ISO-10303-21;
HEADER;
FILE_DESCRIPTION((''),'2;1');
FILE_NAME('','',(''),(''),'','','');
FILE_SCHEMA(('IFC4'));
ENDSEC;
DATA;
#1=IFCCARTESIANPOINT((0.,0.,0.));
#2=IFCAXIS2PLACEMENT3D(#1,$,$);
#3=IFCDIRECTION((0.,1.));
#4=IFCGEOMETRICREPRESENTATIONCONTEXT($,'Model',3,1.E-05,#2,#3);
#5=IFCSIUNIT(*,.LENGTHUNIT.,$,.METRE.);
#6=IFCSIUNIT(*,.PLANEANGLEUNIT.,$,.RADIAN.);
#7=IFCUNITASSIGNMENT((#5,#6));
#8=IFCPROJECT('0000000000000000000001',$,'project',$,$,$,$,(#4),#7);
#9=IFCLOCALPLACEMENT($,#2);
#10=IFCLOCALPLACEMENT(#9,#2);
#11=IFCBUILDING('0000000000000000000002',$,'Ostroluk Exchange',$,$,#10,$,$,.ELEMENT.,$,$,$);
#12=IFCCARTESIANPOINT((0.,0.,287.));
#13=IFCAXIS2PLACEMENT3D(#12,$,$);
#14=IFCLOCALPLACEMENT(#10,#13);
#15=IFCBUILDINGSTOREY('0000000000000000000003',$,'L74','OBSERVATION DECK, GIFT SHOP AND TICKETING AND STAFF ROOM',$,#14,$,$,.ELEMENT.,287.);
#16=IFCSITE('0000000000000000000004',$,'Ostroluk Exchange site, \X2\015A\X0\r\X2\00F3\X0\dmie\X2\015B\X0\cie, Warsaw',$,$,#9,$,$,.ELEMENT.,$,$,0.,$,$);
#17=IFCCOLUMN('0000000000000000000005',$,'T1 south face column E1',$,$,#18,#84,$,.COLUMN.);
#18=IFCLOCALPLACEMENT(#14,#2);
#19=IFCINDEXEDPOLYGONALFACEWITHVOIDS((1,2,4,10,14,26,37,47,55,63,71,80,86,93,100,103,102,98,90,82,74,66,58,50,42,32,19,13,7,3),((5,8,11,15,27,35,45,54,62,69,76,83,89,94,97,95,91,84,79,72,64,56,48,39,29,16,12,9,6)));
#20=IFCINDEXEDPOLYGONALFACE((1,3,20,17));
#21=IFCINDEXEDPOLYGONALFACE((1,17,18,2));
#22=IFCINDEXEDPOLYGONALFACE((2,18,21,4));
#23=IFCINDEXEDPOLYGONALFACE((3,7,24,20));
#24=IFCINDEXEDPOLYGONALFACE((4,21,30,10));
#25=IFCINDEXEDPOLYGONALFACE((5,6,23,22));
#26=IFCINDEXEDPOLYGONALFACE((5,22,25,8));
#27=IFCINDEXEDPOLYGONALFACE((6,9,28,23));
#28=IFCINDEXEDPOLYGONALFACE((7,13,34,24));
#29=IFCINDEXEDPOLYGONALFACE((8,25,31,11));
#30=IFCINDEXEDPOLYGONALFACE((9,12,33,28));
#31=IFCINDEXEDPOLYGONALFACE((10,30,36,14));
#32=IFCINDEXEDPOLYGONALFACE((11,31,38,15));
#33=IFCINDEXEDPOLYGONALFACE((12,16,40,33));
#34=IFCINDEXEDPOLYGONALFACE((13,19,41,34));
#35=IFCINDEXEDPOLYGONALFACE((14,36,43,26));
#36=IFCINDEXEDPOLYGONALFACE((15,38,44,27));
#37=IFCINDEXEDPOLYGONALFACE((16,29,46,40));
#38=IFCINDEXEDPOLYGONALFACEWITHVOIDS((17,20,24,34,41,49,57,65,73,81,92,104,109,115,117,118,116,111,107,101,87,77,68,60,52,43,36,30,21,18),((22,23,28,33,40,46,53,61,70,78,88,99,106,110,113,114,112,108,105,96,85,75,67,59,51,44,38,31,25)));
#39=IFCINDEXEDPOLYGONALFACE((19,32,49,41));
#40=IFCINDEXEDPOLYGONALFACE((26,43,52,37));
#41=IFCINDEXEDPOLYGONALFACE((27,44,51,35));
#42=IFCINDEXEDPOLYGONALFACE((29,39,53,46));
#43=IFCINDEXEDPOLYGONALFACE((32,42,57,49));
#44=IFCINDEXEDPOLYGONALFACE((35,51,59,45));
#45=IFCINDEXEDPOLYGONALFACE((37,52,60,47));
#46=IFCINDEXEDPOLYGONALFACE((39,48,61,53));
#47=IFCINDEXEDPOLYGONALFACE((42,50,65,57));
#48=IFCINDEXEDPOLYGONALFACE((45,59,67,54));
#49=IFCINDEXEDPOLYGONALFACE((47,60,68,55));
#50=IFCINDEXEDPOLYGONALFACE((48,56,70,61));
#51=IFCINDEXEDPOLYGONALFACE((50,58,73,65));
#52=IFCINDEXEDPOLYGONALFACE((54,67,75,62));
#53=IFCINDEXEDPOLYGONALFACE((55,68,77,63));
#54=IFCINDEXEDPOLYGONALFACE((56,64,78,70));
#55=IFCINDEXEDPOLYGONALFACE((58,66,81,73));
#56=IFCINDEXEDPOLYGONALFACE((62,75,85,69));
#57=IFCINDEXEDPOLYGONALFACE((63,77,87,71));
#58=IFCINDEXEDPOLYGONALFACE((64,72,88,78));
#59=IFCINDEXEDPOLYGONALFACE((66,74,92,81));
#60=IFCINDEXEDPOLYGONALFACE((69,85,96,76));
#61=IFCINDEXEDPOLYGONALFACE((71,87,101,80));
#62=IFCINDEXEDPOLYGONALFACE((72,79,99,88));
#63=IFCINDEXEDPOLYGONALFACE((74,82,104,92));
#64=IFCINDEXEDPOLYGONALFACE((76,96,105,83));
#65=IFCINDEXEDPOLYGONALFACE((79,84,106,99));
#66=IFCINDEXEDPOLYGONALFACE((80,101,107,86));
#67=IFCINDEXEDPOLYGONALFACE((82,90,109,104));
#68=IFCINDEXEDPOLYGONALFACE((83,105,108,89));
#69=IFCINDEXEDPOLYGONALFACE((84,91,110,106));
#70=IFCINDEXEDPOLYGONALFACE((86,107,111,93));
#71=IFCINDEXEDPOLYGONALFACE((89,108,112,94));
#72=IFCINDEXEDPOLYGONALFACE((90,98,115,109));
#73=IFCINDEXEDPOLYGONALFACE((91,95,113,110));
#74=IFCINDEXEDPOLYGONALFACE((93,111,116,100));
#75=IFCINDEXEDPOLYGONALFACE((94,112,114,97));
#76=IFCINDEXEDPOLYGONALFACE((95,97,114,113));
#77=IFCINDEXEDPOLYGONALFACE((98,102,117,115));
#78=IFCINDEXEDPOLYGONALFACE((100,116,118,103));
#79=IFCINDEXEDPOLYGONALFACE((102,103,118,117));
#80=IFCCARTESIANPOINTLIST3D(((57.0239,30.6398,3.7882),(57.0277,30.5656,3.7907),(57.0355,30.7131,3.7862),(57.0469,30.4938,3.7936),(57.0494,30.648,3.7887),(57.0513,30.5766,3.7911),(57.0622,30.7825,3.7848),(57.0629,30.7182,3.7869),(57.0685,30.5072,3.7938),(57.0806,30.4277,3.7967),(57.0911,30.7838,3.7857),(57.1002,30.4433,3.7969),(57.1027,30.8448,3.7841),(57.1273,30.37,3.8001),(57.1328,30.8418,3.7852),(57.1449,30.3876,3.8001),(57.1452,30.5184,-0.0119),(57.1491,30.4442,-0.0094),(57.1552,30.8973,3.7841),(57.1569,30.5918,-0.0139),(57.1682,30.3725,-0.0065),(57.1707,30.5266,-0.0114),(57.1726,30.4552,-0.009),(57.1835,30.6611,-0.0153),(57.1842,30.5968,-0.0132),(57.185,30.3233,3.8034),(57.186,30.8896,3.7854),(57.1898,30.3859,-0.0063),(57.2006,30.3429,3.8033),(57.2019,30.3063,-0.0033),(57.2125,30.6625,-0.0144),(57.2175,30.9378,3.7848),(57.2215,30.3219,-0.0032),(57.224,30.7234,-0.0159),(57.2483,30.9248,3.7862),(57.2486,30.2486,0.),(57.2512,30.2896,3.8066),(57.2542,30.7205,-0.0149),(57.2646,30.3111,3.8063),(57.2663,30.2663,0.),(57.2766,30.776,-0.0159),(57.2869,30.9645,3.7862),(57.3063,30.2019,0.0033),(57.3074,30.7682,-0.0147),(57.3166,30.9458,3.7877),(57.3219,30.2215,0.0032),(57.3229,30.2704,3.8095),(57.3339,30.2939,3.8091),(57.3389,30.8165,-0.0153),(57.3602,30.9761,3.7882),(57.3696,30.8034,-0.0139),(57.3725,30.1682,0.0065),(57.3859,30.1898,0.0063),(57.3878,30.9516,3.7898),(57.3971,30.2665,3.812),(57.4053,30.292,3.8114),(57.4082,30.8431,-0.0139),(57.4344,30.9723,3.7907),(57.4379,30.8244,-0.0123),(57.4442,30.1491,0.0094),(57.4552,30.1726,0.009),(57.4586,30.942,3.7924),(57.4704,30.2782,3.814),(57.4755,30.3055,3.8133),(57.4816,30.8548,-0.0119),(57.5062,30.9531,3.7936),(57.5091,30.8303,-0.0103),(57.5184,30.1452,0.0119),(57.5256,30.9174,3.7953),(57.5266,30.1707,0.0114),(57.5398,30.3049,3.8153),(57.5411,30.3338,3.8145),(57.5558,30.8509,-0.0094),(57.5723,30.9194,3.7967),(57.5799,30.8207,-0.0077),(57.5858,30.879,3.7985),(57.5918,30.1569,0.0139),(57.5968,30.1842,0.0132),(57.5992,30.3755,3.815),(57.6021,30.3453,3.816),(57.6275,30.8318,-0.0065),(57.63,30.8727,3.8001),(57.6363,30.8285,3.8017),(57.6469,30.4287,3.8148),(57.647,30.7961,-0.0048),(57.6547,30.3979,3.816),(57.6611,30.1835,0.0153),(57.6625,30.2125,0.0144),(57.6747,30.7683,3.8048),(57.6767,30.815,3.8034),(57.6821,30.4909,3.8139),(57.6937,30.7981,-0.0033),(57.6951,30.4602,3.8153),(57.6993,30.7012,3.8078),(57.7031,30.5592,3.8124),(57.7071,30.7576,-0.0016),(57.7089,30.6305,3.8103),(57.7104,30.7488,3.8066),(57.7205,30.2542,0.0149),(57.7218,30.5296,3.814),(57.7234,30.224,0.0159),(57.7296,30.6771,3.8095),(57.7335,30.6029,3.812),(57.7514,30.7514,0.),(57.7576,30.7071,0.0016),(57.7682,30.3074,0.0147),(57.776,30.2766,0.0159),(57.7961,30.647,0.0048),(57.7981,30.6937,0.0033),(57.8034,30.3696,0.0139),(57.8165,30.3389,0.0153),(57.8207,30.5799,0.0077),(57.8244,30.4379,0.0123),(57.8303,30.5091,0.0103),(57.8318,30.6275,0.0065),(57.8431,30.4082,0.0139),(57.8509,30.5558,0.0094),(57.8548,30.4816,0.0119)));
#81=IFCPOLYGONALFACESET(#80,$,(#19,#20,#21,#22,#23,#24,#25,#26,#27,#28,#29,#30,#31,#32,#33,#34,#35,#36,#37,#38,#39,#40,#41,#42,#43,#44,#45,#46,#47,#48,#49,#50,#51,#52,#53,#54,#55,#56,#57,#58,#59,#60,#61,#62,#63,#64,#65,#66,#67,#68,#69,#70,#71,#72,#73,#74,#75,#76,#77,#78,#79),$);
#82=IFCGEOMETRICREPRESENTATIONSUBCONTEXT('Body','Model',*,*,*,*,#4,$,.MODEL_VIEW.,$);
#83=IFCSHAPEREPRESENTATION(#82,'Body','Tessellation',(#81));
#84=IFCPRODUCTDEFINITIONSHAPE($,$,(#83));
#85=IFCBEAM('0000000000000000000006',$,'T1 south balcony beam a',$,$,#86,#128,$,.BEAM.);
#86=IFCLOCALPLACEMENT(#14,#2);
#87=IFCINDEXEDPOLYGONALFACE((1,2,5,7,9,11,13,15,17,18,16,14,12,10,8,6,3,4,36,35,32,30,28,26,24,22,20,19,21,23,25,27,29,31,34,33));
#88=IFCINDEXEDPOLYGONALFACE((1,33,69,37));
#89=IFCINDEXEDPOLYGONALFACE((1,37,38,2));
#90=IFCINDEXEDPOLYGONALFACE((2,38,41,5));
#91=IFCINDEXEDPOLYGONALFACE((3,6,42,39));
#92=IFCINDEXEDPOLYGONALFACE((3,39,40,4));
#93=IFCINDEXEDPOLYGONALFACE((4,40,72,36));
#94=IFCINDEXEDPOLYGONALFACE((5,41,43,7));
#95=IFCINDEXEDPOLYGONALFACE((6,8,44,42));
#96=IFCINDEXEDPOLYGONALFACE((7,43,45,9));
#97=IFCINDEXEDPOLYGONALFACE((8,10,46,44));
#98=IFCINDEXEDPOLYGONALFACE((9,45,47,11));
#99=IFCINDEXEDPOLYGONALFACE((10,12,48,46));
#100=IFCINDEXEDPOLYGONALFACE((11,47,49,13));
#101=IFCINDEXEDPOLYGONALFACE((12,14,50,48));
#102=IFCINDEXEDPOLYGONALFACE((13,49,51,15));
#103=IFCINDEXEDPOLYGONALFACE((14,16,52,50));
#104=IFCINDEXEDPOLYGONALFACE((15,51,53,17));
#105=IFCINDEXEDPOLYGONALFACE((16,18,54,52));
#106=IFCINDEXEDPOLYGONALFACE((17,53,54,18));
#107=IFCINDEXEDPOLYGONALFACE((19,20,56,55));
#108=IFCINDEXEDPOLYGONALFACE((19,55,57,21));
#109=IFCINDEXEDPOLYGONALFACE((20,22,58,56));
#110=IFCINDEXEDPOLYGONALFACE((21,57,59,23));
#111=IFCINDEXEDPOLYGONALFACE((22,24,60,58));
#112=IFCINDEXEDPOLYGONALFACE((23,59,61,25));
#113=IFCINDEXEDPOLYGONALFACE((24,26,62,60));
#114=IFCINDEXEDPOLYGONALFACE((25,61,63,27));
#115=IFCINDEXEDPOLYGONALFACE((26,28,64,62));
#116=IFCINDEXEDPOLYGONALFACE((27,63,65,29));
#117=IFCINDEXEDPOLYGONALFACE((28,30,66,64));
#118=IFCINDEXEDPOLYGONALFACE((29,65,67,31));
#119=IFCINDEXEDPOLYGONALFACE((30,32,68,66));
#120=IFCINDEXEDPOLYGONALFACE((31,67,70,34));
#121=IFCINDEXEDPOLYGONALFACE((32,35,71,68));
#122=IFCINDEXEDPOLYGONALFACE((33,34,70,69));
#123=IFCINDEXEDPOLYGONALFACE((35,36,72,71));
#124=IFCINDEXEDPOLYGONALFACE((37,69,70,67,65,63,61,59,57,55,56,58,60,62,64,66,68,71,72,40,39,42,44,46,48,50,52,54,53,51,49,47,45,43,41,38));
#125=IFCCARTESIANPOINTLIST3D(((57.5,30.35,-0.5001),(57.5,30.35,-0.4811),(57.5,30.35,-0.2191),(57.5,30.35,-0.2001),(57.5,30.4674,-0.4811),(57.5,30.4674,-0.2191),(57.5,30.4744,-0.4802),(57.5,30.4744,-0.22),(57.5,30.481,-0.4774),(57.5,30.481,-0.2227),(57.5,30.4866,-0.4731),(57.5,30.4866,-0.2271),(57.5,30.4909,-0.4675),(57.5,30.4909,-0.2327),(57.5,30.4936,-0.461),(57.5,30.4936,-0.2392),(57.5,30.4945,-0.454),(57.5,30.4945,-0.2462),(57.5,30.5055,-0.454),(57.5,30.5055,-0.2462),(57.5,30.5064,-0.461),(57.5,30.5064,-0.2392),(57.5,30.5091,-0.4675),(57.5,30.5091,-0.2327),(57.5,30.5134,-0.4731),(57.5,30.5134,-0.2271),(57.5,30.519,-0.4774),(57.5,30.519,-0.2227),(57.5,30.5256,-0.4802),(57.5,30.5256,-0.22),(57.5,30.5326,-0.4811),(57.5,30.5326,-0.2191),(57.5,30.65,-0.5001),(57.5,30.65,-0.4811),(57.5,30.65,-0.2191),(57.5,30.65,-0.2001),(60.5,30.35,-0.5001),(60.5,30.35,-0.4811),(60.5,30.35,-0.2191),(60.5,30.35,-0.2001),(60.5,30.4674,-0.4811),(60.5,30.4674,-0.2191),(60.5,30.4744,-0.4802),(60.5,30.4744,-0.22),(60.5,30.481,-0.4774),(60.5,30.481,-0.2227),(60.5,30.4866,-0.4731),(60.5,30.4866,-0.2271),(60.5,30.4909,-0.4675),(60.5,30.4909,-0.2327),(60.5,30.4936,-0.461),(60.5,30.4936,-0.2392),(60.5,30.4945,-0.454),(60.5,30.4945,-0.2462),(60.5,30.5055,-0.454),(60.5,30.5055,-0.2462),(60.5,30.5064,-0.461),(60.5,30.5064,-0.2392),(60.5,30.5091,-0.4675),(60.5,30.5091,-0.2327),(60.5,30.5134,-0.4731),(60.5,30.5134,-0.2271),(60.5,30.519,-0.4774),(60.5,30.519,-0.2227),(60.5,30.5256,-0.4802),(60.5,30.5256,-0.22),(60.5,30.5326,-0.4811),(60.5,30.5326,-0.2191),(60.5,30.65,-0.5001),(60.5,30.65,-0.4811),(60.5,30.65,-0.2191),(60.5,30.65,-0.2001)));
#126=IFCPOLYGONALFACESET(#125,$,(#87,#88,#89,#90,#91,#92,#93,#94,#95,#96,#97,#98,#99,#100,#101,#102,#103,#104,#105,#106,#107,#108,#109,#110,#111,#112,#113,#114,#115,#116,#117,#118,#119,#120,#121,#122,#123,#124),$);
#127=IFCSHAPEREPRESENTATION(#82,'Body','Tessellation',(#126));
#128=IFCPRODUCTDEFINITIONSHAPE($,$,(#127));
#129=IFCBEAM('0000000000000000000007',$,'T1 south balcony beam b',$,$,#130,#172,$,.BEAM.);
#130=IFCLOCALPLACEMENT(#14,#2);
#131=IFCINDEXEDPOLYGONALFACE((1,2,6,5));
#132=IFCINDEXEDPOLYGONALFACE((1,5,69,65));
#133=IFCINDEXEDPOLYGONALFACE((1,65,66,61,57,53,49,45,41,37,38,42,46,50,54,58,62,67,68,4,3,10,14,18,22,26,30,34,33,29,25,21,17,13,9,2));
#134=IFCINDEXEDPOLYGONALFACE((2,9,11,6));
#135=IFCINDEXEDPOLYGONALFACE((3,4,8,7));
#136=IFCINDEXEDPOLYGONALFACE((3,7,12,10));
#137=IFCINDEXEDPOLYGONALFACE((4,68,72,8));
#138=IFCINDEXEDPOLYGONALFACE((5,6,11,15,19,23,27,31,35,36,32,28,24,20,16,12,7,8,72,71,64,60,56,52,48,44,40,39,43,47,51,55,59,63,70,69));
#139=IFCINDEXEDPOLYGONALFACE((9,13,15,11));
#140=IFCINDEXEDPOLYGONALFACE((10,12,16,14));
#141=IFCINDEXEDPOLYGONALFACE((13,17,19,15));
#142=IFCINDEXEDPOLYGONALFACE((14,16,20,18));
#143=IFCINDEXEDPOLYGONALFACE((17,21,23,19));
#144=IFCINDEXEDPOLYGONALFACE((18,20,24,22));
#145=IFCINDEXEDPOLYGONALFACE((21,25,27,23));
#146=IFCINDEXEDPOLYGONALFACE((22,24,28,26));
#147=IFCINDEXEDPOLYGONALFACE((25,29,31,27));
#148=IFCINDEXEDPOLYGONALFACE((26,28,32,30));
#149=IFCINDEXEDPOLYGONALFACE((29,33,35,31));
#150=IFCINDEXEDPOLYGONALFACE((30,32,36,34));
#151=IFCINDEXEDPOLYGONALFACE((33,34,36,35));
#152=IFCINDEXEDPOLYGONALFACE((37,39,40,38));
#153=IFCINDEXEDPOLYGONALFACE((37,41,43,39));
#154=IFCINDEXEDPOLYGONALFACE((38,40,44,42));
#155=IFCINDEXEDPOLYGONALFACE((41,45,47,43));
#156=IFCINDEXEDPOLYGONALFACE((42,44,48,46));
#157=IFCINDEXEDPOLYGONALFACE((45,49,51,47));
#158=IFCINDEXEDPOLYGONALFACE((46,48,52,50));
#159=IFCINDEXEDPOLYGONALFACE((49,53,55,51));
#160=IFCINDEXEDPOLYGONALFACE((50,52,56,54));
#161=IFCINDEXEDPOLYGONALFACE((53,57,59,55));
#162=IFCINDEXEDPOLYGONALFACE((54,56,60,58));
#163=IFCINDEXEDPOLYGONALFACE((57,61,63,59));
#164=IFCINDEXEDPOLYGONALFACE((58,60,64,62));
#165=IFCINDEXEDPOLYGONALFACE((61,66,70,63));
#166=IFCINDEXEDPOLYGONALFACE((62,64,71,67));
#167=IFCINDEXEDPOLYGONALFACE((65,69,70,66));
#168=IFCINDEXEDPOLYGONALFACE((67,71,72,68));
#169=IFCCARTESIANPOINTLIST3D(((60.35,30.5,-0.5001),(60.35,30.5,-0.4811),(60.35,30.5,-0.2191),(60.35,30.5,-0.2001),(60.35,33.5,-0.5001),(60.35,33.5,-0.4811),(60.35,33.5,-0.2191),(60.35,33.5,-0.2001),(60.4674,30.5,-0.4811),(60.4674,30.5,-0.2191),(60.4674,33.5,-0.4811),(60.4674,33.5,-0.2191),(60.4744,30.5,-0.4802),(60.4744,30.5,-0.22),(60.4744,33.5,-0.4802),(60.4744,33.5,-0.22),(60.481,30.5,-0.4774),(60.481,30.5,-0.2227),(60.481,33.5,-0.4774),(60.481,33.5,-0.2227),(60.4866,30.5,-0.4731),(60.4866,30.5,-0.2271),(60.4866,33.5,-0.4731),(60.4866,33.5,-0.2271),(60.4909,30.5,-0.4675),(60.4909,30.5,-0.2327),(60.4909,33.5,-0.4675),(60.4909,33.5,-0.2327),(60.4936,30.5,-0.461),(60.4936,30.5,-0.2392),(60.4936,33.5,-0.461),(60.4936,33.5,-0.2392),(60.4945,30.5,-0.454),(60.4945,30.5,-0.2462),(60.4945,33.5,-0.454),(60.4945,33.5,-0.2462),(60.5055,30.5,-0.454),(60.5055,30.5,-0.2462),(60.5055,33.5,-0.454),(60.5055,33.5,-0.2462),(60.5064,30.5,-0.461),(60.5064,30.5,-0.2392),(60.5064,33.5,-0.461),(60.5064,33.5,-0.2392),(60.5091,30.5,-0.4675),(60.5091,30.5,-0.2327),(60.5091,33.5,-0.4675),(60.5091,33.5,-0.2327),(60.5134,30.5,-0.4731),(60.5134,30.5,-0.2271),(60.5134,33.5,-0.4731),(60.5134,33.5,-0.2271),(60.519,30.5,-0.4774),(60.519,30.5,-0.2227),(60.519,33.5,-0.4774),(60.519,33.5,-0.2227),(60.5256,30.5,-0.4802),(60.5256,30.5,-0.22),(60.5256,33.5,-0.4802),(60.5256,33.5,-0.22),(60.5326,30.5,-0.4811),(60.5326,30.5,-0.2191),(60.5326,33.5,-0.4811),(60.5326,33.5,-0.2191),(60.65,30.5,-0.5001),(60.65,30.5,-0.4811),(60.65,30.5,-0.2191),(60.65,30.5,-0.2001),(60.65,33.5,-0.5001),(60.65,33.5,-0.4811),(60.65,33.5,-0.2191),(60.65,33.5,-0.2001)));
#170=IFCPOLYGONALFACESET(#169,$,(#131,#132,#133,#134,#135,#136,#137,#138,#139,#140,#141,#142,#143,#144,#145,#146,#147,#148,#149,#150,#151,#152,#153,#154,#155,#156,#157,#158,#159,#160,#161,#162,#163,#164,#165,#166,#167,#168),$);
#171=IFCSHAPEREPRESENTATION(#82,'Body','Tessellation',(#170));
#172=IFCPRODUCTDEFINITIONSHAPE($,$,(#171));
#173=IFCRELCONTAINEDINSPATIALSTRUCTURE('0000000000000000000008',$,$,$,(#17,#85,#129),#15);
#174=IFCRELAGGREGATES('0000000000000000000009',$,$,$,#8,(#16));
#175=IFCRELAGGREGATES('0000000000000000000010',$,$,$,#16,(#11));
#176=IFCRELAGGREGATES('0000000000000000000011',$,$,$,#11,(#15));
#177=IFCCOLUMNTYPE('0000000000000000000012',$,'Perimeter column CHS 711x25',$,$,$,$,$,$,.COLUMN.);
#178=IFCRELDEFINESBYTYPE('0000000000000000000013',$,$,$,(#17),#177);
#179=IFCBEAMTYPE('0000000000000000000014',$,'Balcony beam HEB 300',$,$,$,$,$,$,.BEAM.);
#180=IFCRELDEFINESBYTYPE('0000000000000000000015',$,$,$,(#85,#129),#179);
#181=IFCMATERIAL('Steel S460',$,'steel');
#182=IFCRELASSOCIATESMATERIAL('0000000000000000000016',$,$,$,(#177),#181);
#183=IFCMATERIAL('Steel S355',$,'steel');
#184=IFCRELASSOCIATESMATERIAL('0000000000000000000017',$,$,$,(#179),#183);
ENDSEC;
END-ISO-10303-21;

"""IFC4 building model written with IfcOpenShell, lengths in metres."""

from ifc_helpers import new_model, si_unit, direction, frame, origin, origin_2d, place, context, subcontext, project, spatial, hollow_circle, i_section, extrude, material, material_profile, profile_set, type_object, element, save


model = new_model("IFC4")

# Units and contexts
model_context = context("Model", 3, precision=1e-05, world=origin(), true_north=direction((0.0, 1.0)))
body_context = subcontext(model_context, "Body", "Model", "MODEL_VIEW")
ifc_project = project(units=[si_unit("LENGTHUNIT", "METRE"), si_unit("PLANEANGLEUNIT", "RADIAN")], contexts=[model_context])

# Site, building, storey
site_placement = place(None, origin())
site = spatial("IfcSite", under=ifc_project, at=site_placement, Name="Ostroluk Exchange site, Śródmieście, Warsaw", CompositionType="ELEMENT", RefElevation=0.0)
building_placement = place(site_placement, origin())
building = spatial("IfcBuilding", under=site, at=building_placement, Name="Ostroluk Exchange", CompositionType="ELEMENT")
storey_placement = place(building_placement, frame((0.0, 0.0, 287.0)))
storey = spatial("IfcBuildingStorey", under=building, at=storey_placement, Name="L74", Description="OBSERVATION DECK, GIFT SHOP AND TICKETING AND STAFF ROOM", CompositionType="ELEMENT", Elevation=287.0)

# Column
ifc_material_1 = material(Name="Steel S460", Category="steel")
ifc_material_profile_1 = material_profile(ifc_material_1, hollow_circle(Radius=0.3555, WallThickness=0.0249, at=origin_2d()), Name="CHS 711x25")
ifc_profile_set_1 = profile_set([ifc_material_profile_1], Name="Steel S460")
column_type_1 = type_object("IfcColumnType", Name="Perimeter column CHS 711x25", PredefinedType="COLUMN", material=ifc_profile_set_1)
column_1_placement = place(storey_placement, frame((57.5, 30.5, 0.0), z_axis=(-0.031898, 0.031898, 0.998982), x_axis=(-0.707107, -0.707107, 0.0)))
element("IfcColumn", 1, at=column_1_placement, inside=storey, type_object=column_type_1, Name="T1 south face column E1", PredefinedType="COLUMN", context=body_context, shape_type="SweptSolid", body=[
    extrude(hollow_circle(Radius=0.3555, WallThickness=0.0249, at=origin_2d()), origin(), (0.0, 0.0, 1.0), 3.804),
])

# Beams
ifc_material_2 = material(Name="Steel S355", Category="steel")
ifc_material_profile_2 = material_profile(ifc_material_2, i_section(OverallWidth=0.3, OverallDepth=0.3, WebThickness=0.011, FlangeThickness=0.019, FilletRadius=0.0271, at=origin_2d()), Name="HEB 300")
ifc_profile_set_2 = profile_set([ifc_material_profile_2], Name="Steel S355")
beam_type_1 = type_object("IfcBeamType", Name="Balcony beam HEB 300", PredefinedType="BEAM", material=ifc_profile_set_2)
for number, where, z_axis, x_axis, name in (
    (2, (57.5, 30.5, -0.3501), (1.0, 0.0, 0.0), (0.0, 1.0, 0.0), "T1 south balcony beam a"),
    (3, (60.5, 33.5, -0.3501), (0.0, -1.0, 0.0), (1.0, 0.0, 0.0), "T1 south balcony beam b"),
):
    element("IfcBeam", number, at=place(storey_placement, frame(where, z_axis=z_axis, x_axis=x_axis)), inside=storey, type_object=beam_type_1, Name=name, PredefinedType="BEAM", context=body_context, shape_type="SweptSolid", body=[
        extrude(i_section(OverallWidth=0.3, OverallDepth=0.3, WebThickness=0.011, FlangeThickness=0.019, FilletRadius=0.0271, at=origin_2d()), origin(), (0.0, 0.0, 1.0), 3.0),
    ])

save(model, "model.ifc")
